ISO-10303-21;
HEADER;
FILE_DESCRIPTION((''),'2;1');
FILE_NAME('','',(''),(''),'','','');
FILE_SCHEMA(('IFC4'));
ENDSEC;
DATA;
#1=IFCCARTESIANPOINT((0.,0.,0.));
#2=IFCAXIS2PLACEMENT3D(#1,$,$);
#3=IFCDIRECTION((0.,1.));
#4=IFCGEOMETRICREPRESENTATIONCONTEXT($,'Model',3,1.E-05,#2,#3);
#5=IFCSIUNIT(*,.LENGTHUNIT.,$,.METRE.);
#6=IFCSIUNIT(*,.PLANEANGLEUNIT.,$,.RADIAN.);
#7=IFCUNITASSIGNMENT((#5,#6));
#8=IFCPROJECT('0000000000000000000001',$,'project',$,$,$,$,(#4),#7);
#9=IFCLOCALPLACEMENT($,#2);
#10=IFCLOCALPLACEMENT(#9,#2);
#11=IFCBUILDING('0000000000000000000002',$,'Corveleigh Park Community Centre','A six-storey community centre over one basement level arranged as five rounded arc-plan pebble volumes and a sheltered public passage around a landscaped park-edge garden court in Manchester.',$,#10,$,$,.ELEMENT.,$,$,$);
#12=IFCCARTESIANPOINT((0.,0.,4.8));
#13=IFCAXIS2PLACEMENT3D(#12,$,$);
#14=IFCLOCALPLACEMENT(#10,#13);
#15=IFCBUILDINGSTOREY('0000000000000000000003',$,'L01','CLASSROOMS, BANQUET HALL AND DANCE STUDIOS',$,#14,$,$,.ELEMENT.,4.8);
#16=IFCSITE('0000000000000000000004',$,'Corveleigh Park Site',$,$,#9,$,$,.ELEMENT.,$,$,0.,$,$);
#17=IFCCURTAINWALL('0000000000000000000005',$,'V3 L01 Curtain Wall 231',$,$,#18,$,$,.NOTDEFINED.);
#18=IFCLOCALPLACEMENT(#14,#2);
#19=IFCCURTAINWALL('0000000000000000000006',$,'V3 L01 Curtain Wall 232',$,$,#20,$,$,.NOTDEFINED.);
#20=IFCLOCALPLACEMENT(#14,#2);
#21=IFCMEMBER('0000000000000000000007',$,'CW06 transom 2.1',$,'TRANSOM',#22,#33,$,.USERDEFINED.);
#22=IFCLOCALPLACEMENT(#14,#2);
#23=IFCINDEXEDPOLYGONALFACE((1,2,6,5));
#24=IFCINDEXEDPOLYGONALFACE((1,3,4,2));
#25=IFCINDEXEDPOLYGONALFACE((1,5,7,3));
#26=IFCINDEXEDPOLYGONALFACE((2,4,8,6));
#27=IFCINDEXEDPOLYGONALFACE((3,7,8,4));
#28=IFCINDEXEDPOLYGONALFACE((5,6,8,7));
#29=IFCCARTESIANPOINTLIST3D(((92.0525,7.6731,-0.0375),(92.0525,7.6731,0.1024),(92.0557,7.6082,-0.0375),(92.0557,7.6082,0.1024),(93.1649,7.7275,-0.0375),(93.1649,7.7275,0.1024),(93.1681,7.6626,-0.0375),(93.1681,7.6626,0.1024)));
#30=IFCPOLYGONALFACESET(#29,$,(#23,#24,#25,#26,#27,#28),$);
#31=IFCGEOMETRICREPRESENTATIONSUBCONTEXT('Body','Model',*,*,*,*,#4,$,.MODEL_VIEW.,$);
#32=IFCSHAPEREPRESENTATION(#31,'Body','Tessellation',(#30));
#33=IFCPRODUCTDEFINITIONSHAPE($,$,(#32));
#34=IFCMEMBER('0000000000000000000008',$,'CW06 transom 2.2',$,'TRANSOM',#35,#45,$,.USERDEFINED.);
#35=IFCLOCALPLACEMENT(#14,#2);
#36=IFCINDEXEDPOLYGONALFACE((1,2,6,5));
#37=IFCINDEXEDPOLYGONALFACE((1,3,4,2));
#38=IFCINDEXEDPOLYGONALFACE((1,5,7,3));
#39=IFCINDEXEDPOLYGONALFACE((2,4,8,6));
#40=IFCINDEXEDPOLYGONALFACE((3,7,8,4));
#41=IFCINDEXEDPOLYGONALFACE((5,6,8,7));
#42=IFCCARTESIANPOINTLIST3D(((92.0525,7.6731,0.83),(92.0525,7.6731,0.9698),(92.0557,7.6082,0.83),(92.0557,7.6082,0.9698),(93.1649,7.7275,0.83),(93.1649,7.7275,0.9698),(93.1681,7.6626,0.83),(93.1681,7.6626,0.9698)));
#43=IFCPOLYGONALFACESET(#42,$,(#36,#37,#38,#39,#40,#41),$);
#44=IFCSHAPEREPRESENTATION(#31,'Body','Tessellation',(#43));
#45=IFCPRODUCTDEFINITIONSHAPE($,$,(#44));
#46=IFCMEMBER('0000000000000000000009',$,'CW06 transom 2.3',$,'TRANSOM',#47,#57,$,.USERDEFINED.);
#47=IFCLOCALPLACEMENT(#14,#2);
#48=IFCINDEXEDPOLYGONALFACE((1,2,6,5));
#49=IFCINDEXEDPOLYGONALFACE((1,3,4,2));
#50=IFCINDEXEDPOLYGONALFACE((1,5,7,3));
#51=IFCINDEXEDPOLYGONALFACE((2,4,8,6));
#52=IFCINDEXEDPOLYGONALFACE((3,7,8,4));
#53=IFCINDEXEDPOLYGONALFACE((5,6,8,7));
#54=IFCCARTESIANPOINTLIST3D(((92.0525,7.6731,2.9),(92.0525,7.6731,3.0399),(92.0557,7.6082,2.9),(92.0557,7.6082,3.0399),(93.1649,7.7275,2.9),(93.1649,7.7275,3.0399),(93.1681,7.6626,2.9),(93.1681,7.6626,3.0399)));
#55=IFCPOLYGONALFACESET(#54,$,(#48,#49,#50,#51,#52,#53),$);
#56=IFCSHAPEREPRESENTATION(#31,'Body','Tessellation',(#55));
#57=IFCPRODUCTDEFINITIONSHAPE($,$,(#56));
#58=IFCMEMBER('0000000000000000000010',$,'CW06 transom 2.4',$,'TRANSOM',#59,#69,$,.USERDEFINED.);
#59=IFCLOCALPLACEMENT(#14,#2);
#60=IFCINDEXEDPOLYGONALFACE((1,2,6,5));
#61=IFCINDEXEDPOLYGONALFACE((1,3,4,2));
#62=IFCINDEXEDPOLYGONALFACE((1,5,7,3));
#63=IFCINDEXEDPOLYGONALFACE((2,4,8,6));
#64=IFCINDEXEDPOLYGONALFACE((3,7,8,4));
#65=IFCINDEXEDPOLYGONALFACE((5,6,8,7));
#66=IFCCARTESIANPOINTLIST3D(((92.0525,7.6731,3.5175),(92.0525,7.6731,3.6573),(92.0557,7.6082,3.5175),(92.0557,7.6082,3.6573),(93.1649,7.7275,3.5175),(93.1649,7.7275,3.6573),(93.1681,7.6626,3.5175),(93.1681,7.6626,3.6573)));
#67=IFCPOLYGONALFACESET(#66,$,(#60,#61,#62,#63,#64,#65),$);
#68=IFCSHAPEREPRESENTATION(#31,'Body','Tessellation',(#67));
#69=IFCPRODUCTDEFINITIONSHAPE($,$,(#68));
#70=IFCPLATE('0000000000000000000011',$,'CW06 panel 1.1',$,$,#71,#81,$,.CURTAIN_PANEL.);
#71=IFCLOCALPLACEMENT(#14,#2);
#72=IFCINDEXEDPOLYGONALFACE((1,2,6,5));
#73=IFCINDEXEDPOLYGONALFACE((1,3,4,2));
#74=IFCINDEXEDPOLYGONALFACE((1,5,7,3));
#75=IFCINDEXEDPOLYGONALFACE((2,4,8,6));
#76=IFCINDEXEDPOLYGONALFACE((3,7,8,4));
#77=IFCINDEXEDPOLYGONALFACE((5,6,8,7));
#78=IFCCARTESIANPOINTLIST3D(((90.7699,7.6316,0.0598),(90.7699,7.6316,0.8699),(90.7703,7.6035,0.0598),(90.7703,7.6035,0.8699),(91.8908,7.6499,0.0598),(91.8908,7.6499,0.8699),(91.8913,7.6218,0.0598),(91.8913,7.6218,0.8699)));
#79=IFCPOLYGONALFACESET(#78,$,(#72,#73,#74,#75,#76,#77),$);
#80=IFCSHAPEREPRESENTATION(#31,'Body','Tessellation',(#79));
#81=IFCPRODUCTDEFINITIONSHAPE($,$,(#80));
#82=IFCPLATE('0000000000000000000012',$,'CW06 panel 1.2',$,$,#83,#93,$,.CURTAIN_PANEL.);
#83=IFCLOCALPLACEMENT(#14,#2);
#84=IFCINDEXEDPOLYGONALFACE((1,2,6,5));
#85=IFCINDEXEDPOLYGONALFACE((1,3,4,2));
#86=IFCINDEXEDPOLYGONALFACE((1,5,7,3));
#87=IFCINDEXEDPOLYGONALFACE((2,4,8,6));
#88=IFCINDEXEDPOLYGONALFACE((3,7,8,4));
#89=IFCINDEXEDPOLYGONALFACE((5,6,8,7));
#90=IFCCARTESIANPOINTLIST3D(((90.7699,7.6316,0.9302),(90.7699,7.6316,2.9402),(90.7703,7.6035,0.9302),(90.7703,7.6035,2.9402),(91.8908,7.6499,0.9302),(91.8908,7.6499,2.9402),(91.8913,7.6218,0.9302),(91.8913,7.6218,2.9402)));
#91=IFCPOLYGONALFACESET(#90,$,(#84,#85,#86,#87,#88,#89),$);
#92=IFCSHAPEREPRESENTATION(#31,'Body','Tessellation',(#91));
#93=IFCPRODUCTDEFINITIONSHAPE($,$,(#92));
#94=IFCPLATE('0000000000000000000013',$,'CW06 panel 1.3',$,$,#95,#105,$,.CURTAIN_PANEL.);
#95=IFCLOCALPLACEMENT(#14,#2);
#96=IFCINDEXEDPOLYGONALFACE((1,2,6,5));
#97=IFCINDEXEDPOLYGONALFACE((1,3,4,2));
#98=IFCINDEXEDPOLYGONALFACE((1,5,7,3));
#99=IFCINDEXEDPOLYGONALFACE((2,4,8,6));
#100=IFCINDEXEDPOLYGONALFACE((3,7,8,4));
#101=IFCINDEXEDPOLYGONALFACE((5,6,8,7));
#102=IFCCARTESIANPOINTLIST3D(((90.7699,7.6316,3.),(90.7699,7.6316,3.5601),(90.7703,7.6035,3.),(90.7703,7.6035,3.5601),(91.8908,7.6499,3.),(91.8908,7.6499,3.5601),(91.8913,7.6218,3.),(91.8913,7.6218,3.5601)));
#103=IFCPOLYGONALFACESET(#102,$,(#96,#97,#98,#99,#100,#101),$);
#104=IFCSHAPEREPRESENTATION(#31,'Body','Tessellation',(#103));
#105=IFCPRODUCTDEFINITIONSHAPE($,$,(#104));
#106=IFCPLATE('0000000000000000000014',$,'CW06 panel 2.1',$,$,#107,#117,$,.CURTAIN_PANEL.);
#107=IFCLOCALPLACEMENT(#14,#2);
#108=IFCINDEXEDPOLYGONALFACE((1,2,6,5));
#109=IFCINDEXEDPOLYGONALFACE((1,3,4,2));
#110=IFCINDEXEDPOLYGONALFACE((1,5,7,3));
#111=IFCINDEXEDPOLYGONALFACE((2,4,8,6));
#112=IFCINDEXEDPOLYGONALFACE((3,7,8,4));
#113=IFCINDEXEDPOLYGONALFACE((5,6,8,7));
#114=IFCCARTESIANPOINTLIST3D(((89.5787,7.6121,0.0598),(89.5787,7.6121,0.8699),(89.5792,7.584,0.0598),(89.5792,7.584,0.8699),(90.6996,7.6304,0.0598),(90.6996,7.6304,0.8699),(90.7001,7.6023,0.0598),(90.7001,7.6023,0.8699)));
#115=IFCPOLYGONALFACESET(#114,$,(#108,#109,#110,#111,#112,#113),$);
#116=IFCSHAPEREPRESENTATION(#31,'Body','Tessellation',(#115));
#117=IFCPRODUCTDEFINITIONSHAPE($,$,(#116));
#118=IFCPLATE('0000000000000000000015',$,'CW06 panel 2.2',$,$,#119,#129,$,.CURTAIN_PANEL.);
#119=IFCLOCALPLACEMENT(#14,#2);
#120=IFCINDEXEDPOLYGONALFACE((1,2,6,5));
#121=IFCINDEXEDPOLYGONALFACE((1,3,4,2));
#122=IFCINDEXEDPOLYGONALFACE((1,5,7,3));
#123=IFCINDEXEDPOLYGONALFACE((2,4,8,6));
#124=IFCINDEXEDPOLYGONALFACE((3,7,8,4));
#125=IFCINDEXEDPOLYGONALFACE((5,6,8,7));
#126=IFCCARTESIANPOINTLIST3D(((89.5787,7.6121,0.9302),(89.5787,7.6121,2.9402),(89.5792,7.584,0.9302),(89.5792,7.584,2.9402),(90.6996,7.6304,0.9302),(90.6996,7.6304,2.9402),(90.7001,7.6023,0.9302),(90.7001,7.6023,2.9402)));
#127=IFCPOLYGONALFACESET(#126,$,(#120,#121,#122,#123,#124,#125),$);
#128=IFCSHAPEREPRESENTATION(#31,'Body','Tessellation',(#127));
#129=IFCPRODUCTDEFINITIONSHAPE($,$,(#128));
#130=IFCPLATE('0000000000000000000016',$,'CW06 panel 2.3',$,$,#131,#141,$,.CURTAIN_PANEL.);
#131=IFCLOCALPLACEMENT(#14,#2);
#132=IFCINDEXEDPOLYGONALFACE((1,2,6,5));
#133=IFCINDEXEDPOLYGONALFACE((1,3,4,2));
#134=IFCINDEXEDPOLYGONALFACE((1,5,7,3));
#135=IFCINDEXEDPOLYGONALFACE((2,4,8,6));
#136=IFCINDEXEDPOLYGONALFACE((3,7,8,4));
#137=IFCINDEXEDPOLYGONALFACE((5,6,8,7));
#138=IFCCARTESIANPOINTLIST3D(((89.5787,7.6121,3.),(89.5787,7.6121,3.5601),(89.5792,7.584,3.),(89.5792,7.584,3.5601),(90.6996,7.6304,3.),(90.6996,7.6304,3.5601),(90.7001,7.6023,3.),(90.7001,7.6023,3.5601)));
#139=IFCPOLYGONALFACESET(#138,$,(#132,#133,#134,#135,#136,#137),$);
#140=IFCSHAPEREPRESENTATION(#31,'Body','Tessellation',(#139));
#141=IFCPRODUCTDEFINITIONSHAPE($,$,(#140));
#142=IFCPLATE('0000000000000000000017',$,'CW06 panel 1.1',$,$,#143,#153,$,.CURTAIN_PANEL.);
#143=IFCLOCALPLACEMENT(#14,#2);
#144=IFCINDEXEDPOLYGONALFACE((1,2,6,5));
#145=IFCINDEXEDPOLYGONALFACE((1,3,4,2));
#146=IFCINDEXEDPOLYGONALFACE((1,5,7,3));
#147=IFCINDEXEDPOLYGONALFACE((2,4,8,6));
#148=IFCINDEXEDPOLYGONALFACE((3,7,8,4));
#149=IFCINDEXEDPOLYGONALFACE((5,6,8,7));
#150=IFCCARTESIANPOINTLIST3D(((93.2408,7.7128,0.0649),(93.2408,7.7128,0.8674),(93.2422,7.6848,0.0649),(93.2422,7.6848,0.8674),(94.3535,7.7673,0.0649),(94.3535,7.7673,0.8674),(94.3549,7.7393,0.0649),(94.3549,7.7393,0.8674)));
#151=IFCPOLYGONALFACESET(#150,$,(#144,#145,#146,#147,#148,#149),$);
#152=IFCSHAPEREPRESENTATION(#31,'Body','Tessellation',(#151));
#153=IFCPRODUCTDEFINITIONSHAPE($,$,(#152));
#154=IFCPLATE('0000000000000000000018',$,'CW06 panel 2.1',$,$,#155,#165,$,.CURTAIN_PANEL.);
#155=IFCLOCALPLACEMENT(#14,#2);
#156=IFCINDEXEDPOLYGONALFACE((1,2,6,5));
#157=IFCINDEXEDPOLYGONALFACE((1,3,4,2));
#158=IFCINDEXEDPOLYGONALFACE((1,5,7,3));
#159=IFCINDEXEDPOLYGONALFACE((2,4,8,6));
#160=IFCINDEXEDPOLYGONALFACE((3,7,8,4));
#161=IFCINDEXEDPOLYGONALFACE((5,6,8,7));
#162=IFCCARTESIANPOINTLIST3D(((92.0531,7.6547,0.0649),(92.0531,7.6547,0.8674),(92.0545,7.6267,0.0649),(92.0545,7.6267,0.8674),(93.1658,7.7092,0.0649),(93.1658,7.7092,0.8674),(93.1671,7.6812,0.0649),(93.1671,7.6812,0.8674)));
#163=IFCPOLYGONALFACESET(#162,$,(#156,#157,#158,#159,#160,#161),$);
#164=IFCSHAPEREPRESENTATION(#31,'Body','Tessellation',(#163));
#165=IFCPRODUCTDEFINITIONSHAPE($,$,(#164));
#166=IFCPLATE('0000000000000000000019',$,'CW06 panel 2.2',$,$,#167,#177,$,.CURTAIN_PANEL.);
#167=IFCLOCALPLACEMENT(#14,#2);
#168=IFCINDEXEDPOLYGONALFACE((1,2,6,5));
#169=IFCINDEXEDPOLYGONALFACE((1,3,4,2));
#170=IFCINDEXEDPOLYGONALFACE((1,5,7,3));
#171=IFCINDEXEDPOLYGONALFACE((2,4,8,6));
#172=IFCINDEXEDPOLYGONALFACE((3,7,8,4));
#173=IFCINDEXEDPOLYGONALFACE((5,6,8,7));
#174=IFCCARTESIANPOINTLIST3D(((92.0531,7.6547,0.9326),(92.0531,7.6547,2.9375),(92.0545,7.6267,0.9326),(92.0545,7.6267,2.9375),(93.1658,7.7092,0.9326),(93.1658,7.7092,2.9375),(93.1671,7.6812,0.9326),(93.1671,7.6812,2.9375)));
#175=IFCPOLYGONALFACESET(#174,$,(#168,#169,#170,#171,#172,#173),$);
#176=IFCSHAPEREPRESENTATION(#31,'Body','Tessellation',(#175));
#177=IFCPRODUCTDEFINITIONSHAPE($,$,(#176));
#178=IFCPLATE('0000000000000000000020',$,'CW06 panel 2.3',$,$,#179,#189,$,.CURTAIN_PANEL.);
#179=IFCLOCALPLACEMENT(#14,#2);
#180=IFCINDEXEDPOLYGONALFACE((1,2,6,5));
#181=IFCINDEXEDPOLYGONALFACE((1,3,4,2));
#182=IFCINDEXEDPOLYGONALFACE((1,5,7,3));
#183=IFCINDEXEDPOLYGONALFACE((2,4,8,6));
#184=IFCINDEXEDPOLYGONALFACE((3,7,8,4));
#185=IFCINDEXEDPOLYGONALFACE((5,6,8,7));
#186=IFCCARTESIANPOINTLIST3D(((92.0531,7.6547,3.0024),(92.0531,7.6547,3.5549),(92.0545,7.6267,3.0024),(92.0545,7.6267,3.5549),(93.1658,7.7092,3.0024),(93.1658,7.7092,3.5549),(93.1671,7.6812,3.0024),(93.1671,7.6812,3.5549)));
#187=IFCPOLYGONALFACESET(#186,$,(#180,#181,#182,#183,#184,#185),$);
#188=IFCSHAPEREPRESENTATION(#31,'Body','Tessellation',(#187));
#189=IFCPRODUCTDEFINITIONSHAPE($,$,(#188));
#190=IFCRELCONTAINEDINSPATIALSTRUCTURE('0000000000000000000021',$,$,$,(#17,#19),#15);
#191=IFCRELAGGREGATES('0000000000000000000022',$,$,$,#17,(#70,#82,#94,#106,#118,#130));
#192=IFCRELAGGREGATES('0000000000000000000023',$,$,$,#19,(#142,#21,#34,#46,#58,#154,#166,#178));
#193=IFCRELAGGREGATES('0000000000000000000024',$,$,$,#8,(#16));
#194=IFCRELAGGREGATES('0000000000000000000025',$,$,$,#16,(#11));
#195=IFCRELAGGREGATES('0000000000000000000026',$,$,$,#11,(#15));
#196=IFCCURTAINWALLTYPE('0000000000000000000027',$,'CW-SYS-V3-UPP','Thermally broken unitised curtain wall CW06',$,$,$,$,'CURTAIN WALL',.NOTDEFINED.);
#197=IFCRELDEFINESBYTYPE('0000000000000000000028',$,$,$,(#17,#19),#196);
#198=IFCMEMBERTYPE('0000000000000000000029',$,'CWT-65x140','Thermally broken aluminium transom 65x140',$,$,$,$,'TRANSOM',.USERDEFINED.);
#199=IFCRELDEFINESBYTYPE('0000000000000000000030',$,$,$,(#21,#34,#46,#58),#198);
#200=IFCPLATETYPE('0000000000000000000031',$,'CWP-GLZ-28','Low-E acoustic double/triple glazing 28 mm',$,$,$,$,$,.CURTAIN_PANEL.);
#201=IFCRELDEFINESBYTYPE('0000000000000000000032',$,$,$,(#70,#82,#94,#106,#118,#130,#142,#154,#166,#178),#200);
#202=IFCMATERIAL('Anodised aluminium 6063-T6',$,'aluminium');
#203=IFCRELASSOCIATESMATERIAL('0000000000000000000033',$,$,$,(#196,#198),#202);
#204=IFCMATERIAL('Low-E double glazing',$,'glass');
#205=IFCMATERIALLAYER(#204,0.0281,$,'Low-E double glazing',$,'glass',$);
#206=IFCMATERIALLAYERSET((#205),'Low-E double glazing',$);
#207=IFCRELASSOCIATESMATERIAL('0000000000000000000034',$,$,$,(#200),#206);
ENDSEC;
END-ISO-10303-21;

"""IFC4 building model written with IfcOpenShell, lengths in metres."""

from ifc_helpers import new_model, si_unit, direction, frame, origin, origin_2d, place, context, subcontext, project, spatial, rectangle, extrude, material, layer, layer_set, material_profile, profile_set, type_object, element, aggregate, save


model = new_model("IFC4")

# Units and contexts
model_context = context("Model", 3, precision=1e-05, world=origin(), true_north=direction((0.0, 1.0)))
body_context = subcontext(model_context, "Body", "Model", "MODEL_VIEW")
ifc_project = project(units=[si_unit("LENGTHUNIT", "METRE"), si_unit("PLANEANGLEUNIT", "RADIAN")], contexts=[model_context])

# Site, building, storey
site_placement = place(None, origin())
site = spatial("IfcSite", under=ifc_project, at=site_placement, Name="Corveleigh Park Site", CompositionType="ELEMENT", RefElevation=0.0)
building_placement = place(site_placement, origin())
building = spatial("IfcBuilding", under=site, at=building_placement, Name="Corveleigh Park Community Centre", Description="A six-storey community centre over one basement level arranged as five rounded arc-plan pebble volumes and a sheltered public passage around a landscaped park-edge garden court in Manchester.", CompositionType="ELEMENT")
storey_placement = place(building_placement, frame((0.0, 0.0, 4.8)))
storey = spatial("IfcBuildingStorey", under=building, at=storey_placement, Name="L01", Description="CLASSROOMS, BANQUET HALL AND DANCE STUDIOS", CompositionType="ELEMENT", Elevation=4.8)

# Shared definitions
ifc_material_1 = material(Name="Anodised aluminium 6063-T6", Category="aluminium")
curtain_wall_type = type_object("IfcCurtainWallType", Name="CW-SYS-V3-UPP", Description="Thermally broken unitised curtain wall CW06", ElementType="CURTAIN WALL", PredefinedType="NOTDEFINED", material=ifc_material_1)

# Curtain walls
curtain_wall_1_placement = place(storey_placement, origin())
curtain_wall_1 = element("IfcCurtainWall", 1, at=curtain_wall_1_placement, inside=storey, type_object=curtain_wall_type, Name="V3 L01 Curtain Wall 231", PredefinedType="NOTDEFINED")
curtain_wall_2_placement = place(storey_placement, origin())
curtain_wall_2 = element("IfcCurtainWall", 2, at=curtain_wall_2_placement, inside=storey, type_object=curtain_wall_type, Name="V3 L01 Curtain Wall 232", PredefinedType="NOTDEFINED")

# Members
ifc_material_profile_1 = material_profile(ifc_material_1, rectangle(XDim=0.0649, YDim=0.1399, at=origin_2d()), Name="ALU-T65x140", Category="aluminium")
ifc_profile_set_1 = profile_set([ifc_material_profile_1], Name="Anodised aluminium 6063-T6")
member_type_1 = type_object("IfcMemberType", Name="CWT-65x140", Description="Thermally broken aluminium transom 65x140", ElementType="TRANSOM", PredefinedType="USERDEFINED", material=ifc_profile_set_1)
member_1_placement = place(storey_placement, frame((93.1665, 7.6951, 0.0325), z_axis=(-0.998805, -0.048877, 0.0), x_axis=(0.048877, -0.998805, 0.0)))
member_1 = element("IfcMember", 3, at=member_1_placement, type_object=member_type_1, Name="CW06 transom 2.1", ObjectType="TRANSOM", PredefinedType="USERDEFINED", context=body_context, shape_type="SweptSolid", body=[
    extrude(rectangle(XDim=0.0649, YDim=0.1399, at=origin_2d()), origin(), (0.0, 0.0, 1.0), 1.1138),
])
member_2_placement = place(storey_placement, frame((93.1665, 7.6951, 0.8999), z_axis=(-0.998805, -0.048877, 0.0), x_axis=(0.048877, -0.998805, 0.0)))
member_2 = element("IfcMember", 4, at=member_2_placement, type_object=member_type_1, Name="CW06 transom 2.2", ObjectType="TRANSOM", PredefinedType="USERDEFINED", context=body_context, shape_type="SweptSolid", body=[
    extrude(rectangle(XDim=0.0649, YDim=0.1399, at=origin_2d()), origin(), (0.0, 0.0, 1.0), 1.1138),
])
member_3_placement = place(storey_placement, frame((93.1665, 7.6951, 2.97), z_axis=(-0.998805, -0.048877, 0.0), x_axis=(0.048877, -0.998805, 0.0)))
member_3 = element("IfcMember", 5, at=member_3_placement, type_object=member_type_1, Name="CW06 transom 2.3", ObjectType="TRANSOM", PredefinedType="USERDEFINED", context=body_context, shape_type="SweptSolid", body=[
    extrude(rectangle(XDim=0.0649, YDim=0.1399, at=origin_2d()), origin(), (0.0, 0.0, 1.0), 1.1138),
])
member_4_placement = place(storey_placement, frame((93.1665, 7.6951, 3.5874), z_axis=(-0.998805, -0.048877, 0.0), x_axis=(0.048877, -0.998805, 0.0)))
member_4 = element("IfcMember", 6, at=member_4_placement, type_object=member_type_1, Name="CW06 transom 2.4", ObjectType="TRANSOM", PredefinedType="USERDEFINED", context=body_context, shape_type="SweptSolid", body=[
    extrude(rectangle(XDim=0.0649, YDim=0.1399, at=origin_2d()), origin(), (0.0, 0.0, 1.0), 1.1138),
])

# Plates
ifc_material_2 = material(Name="Low-E double glazing", Category="glass")
ifc_layer = layer(ifc_material_2, 0.0281, Name="Low-E double glazing", Category="glass")
ifc_layer_set = layer_set([ifc_layer], Name="Low-E double glazing")
plate_type = type_object("IfcPlateType", Name="CWP-GLZ-28", Description="Low-E acoustic double/triple glazing 28 mm", PredefinedType="CURTAIN_PANEL", material=ifc_layer_set)
plate_1_placement = place(storey_placement, frame((91.3306, 7.6267, 0.0598), z_axis=(0.0, 0.0, 1.0), x_axis=(-0.999867, -0.016311, 0.0)))
plate_1 = element("IfcPlate", 7, at=plate_1_placement, type_object=plate_type, Name="CW06 panel 1.1", PredefinedType="CURTAIN_PANEL", context=body_context, shape_type="SweptSolid", body=[
    extrude(rectangle(XDim=1.1211, YDim=0.0281, at=origin_2d()), origin(), (0.0, 0.0, 1.0), 0.8101),
])
plate_2_placement = place(storey_placement, frame((91.3306, 7.6267, 0.9302), z_axis=(0.0, 0.0, 1.0), x_axis=(-0.999867, -0.016311, 0.0)))
plate_2 = element("IfcPlate", 8, at=plate_2_placement, type_object=plate_type, Name="CW06 panel 1.2", PredefinedType="CURTAIN_PANEL", context=body_context, shape_type="SweptSolid", body=[
    extrude(rectangle(XDim=1.1211, YDim=0.0281, at=origin_2d()), origin(), (0.0, 0.0, 1.0), 2.01),
])
plate_3_placement = place(storey_placement, frame((91.3306, 7.6267, 3.0), z_axis=(0.0, 0.0, 1.0), x_axis=(-0.999867, -0.016311, 0.0)))
plate_3 = element("IfcPlate", 9, at=plate_3_placement, type_object=plate_type, Name="CW06 panel 1.3", PredefinedType="CURTAIN_PANEL", context=body_context, shape_type="SweptSolid", body=[
    extrude(rectangle(XDim=1.1211, YDim=0.0281, at=origin_2d()), origin(), (0.0, 0.0, 1.0), 0.5601),
])
plate_4_placement = place(storey_placement, frame((90.1394, 7.6072, 0.0598), z_axis=(0.0, 0.0, 1.0), x_axis=(-0.999867, -0.016311, 0.0)))
plate_4 = element("IfcPlate", 10, at=plate_4_placement, type_object=plate_type, Name="CW06 panel 2.1", PredefinedType="CURTAIN_PANEL", context=body_context, shape_type="SweptSolid", body=[
    extrude(rectangle(XDim=1.1211, YDim=0.0281, at=origin_2d()), origin(), (0.0, 0.0, 1.0), 0.8101),
])
plate_5_placement = place(storey_placement, frame((90.1394, 7.6072, 0.9302), z_axis=(0.0, 0.0, 1.0), x_axis=(-0.999867, -0.016311, 0.0)))
plate_5 = element("IfcPlate", 11, at=plate_5_placement, type_object=plate_type, Name="CW06 panel 2.2", PredefinedType="CURTAIN_PANEL", context=body_context, shape_type="SweptSolid", body=[
    extrude(rectangle(XDim=1.1211, YDim=0.0281, at=origin_2d()), origin(), (0.0, 0.0, 1.0), 2.01),
])
plate_6_placement = place(storey_placement, frame((90.1394, 7.6072, 3.0), z_axis=(0.0, 0.0, 1.0), x_axis=(-0.999867, -0.016311, 0.0)))
plate_6 = element("IfcPlate", 12, at=plate_6_placement, type_object=plate_type, Name="CW06 panel 2.3", PredefinedType="CURTAIN_PANEL", context=body_context, shape_type="SweptSolid", body=[
    extrude(rectangle(XDim=1.1211, YDim=0.0281, at=origin_2d()), origin(), (0.0, 0.0, 1.0), 0.5601),
])
aggregate(curtain_wall_1, [plate_1, plate_2, plate_3, plate_4, plate_5, plate_6])
plate_7_placement = place(storey_placement, frame((93.7979, 7.7261, 0.0649), z_axis=(0.0, 0.0, 1.0), x_axis=(-0.998803, -0.048921, 0.0)))
plate_7 = element("IfcPlate", 13, at=plate_7_placement, type_object=plate_type, Name="CW06 panel 1.1", PredefinedType="CURTAIN_PANEL", context=body_context, shape_type="SweptSolid", body=[
    extrude(rectangle(XDim=1.114, YDim=0.0281, at=origin_2d()), origin(), (0.0, 0.0, 1.0), 0.8025),
])
plate_8_placement = place(storey_placement, frame((92.6101, 7.668, 0.0649), z_axis=(0.0, 0.0, 1.0), x_axis=(-0.998803, -0.048921, 0.0)))
plate_8 = element("IfcPlate", 14, at=plate_8_placement, type_object=plate_type, Name="CW06 panel 2.1", PredefinedType="CURTAIN_PANEL", context=body_context, shape_type="SweptSolid", body=[
    extrude(rectangle(XDim=1.114, YDim=0.0281, at=origin_2d()), origin(), (0.0, 0.0, 1.0), 0.8025),
])
plate_9_placement = place(storey_placement, frame((92.6101, 7.668, 0.9326), z_axis=(0.0, 0.0, 1.0), x_axis=(-0.998803, -0.048921, 0.0)))
plate_9 = element("IfcPlate", 15, at=plate_9_placement, type_object=plate_type, Name="CW06 panel 2.2", PredefinedType="CURTAIN_PANEL", context=body_context, shape_type="SweptSolid", body=[
    extrude(rectangle(XDim=1.114, YDim=0.0281, at=origin_2d()), origin(), (0.0, 0.0, 1.0), 2.0049),
])
plate_10_placement = place(storey_placement, frame((92.6101, 7.668, 3.0024), z_axis=(0.0, 0.0, 1.0), x_axis=(-0.998803, -0.048921, 0.0)))
plate_10 = element("IfcPlate", 16, at=plate_10_placement, type_object=plate_type, Name="CW06 panel 2.3", PredefinedType="CURTAIN_PANEL", context=body_context, shape_type="SweptSolid", body=[
    extrude(rectangle(XDim=1.114, YDim=0.0281, at=origin_2d()), origin(), (0.0, 0.0, 1.0), 0.5525),
])
aggregate(curtain_wall_2, [plate_7, member_1, member_2, member_3, member_4, plate_8, plate_9, plate_10])

save(model, "model.ifc")
